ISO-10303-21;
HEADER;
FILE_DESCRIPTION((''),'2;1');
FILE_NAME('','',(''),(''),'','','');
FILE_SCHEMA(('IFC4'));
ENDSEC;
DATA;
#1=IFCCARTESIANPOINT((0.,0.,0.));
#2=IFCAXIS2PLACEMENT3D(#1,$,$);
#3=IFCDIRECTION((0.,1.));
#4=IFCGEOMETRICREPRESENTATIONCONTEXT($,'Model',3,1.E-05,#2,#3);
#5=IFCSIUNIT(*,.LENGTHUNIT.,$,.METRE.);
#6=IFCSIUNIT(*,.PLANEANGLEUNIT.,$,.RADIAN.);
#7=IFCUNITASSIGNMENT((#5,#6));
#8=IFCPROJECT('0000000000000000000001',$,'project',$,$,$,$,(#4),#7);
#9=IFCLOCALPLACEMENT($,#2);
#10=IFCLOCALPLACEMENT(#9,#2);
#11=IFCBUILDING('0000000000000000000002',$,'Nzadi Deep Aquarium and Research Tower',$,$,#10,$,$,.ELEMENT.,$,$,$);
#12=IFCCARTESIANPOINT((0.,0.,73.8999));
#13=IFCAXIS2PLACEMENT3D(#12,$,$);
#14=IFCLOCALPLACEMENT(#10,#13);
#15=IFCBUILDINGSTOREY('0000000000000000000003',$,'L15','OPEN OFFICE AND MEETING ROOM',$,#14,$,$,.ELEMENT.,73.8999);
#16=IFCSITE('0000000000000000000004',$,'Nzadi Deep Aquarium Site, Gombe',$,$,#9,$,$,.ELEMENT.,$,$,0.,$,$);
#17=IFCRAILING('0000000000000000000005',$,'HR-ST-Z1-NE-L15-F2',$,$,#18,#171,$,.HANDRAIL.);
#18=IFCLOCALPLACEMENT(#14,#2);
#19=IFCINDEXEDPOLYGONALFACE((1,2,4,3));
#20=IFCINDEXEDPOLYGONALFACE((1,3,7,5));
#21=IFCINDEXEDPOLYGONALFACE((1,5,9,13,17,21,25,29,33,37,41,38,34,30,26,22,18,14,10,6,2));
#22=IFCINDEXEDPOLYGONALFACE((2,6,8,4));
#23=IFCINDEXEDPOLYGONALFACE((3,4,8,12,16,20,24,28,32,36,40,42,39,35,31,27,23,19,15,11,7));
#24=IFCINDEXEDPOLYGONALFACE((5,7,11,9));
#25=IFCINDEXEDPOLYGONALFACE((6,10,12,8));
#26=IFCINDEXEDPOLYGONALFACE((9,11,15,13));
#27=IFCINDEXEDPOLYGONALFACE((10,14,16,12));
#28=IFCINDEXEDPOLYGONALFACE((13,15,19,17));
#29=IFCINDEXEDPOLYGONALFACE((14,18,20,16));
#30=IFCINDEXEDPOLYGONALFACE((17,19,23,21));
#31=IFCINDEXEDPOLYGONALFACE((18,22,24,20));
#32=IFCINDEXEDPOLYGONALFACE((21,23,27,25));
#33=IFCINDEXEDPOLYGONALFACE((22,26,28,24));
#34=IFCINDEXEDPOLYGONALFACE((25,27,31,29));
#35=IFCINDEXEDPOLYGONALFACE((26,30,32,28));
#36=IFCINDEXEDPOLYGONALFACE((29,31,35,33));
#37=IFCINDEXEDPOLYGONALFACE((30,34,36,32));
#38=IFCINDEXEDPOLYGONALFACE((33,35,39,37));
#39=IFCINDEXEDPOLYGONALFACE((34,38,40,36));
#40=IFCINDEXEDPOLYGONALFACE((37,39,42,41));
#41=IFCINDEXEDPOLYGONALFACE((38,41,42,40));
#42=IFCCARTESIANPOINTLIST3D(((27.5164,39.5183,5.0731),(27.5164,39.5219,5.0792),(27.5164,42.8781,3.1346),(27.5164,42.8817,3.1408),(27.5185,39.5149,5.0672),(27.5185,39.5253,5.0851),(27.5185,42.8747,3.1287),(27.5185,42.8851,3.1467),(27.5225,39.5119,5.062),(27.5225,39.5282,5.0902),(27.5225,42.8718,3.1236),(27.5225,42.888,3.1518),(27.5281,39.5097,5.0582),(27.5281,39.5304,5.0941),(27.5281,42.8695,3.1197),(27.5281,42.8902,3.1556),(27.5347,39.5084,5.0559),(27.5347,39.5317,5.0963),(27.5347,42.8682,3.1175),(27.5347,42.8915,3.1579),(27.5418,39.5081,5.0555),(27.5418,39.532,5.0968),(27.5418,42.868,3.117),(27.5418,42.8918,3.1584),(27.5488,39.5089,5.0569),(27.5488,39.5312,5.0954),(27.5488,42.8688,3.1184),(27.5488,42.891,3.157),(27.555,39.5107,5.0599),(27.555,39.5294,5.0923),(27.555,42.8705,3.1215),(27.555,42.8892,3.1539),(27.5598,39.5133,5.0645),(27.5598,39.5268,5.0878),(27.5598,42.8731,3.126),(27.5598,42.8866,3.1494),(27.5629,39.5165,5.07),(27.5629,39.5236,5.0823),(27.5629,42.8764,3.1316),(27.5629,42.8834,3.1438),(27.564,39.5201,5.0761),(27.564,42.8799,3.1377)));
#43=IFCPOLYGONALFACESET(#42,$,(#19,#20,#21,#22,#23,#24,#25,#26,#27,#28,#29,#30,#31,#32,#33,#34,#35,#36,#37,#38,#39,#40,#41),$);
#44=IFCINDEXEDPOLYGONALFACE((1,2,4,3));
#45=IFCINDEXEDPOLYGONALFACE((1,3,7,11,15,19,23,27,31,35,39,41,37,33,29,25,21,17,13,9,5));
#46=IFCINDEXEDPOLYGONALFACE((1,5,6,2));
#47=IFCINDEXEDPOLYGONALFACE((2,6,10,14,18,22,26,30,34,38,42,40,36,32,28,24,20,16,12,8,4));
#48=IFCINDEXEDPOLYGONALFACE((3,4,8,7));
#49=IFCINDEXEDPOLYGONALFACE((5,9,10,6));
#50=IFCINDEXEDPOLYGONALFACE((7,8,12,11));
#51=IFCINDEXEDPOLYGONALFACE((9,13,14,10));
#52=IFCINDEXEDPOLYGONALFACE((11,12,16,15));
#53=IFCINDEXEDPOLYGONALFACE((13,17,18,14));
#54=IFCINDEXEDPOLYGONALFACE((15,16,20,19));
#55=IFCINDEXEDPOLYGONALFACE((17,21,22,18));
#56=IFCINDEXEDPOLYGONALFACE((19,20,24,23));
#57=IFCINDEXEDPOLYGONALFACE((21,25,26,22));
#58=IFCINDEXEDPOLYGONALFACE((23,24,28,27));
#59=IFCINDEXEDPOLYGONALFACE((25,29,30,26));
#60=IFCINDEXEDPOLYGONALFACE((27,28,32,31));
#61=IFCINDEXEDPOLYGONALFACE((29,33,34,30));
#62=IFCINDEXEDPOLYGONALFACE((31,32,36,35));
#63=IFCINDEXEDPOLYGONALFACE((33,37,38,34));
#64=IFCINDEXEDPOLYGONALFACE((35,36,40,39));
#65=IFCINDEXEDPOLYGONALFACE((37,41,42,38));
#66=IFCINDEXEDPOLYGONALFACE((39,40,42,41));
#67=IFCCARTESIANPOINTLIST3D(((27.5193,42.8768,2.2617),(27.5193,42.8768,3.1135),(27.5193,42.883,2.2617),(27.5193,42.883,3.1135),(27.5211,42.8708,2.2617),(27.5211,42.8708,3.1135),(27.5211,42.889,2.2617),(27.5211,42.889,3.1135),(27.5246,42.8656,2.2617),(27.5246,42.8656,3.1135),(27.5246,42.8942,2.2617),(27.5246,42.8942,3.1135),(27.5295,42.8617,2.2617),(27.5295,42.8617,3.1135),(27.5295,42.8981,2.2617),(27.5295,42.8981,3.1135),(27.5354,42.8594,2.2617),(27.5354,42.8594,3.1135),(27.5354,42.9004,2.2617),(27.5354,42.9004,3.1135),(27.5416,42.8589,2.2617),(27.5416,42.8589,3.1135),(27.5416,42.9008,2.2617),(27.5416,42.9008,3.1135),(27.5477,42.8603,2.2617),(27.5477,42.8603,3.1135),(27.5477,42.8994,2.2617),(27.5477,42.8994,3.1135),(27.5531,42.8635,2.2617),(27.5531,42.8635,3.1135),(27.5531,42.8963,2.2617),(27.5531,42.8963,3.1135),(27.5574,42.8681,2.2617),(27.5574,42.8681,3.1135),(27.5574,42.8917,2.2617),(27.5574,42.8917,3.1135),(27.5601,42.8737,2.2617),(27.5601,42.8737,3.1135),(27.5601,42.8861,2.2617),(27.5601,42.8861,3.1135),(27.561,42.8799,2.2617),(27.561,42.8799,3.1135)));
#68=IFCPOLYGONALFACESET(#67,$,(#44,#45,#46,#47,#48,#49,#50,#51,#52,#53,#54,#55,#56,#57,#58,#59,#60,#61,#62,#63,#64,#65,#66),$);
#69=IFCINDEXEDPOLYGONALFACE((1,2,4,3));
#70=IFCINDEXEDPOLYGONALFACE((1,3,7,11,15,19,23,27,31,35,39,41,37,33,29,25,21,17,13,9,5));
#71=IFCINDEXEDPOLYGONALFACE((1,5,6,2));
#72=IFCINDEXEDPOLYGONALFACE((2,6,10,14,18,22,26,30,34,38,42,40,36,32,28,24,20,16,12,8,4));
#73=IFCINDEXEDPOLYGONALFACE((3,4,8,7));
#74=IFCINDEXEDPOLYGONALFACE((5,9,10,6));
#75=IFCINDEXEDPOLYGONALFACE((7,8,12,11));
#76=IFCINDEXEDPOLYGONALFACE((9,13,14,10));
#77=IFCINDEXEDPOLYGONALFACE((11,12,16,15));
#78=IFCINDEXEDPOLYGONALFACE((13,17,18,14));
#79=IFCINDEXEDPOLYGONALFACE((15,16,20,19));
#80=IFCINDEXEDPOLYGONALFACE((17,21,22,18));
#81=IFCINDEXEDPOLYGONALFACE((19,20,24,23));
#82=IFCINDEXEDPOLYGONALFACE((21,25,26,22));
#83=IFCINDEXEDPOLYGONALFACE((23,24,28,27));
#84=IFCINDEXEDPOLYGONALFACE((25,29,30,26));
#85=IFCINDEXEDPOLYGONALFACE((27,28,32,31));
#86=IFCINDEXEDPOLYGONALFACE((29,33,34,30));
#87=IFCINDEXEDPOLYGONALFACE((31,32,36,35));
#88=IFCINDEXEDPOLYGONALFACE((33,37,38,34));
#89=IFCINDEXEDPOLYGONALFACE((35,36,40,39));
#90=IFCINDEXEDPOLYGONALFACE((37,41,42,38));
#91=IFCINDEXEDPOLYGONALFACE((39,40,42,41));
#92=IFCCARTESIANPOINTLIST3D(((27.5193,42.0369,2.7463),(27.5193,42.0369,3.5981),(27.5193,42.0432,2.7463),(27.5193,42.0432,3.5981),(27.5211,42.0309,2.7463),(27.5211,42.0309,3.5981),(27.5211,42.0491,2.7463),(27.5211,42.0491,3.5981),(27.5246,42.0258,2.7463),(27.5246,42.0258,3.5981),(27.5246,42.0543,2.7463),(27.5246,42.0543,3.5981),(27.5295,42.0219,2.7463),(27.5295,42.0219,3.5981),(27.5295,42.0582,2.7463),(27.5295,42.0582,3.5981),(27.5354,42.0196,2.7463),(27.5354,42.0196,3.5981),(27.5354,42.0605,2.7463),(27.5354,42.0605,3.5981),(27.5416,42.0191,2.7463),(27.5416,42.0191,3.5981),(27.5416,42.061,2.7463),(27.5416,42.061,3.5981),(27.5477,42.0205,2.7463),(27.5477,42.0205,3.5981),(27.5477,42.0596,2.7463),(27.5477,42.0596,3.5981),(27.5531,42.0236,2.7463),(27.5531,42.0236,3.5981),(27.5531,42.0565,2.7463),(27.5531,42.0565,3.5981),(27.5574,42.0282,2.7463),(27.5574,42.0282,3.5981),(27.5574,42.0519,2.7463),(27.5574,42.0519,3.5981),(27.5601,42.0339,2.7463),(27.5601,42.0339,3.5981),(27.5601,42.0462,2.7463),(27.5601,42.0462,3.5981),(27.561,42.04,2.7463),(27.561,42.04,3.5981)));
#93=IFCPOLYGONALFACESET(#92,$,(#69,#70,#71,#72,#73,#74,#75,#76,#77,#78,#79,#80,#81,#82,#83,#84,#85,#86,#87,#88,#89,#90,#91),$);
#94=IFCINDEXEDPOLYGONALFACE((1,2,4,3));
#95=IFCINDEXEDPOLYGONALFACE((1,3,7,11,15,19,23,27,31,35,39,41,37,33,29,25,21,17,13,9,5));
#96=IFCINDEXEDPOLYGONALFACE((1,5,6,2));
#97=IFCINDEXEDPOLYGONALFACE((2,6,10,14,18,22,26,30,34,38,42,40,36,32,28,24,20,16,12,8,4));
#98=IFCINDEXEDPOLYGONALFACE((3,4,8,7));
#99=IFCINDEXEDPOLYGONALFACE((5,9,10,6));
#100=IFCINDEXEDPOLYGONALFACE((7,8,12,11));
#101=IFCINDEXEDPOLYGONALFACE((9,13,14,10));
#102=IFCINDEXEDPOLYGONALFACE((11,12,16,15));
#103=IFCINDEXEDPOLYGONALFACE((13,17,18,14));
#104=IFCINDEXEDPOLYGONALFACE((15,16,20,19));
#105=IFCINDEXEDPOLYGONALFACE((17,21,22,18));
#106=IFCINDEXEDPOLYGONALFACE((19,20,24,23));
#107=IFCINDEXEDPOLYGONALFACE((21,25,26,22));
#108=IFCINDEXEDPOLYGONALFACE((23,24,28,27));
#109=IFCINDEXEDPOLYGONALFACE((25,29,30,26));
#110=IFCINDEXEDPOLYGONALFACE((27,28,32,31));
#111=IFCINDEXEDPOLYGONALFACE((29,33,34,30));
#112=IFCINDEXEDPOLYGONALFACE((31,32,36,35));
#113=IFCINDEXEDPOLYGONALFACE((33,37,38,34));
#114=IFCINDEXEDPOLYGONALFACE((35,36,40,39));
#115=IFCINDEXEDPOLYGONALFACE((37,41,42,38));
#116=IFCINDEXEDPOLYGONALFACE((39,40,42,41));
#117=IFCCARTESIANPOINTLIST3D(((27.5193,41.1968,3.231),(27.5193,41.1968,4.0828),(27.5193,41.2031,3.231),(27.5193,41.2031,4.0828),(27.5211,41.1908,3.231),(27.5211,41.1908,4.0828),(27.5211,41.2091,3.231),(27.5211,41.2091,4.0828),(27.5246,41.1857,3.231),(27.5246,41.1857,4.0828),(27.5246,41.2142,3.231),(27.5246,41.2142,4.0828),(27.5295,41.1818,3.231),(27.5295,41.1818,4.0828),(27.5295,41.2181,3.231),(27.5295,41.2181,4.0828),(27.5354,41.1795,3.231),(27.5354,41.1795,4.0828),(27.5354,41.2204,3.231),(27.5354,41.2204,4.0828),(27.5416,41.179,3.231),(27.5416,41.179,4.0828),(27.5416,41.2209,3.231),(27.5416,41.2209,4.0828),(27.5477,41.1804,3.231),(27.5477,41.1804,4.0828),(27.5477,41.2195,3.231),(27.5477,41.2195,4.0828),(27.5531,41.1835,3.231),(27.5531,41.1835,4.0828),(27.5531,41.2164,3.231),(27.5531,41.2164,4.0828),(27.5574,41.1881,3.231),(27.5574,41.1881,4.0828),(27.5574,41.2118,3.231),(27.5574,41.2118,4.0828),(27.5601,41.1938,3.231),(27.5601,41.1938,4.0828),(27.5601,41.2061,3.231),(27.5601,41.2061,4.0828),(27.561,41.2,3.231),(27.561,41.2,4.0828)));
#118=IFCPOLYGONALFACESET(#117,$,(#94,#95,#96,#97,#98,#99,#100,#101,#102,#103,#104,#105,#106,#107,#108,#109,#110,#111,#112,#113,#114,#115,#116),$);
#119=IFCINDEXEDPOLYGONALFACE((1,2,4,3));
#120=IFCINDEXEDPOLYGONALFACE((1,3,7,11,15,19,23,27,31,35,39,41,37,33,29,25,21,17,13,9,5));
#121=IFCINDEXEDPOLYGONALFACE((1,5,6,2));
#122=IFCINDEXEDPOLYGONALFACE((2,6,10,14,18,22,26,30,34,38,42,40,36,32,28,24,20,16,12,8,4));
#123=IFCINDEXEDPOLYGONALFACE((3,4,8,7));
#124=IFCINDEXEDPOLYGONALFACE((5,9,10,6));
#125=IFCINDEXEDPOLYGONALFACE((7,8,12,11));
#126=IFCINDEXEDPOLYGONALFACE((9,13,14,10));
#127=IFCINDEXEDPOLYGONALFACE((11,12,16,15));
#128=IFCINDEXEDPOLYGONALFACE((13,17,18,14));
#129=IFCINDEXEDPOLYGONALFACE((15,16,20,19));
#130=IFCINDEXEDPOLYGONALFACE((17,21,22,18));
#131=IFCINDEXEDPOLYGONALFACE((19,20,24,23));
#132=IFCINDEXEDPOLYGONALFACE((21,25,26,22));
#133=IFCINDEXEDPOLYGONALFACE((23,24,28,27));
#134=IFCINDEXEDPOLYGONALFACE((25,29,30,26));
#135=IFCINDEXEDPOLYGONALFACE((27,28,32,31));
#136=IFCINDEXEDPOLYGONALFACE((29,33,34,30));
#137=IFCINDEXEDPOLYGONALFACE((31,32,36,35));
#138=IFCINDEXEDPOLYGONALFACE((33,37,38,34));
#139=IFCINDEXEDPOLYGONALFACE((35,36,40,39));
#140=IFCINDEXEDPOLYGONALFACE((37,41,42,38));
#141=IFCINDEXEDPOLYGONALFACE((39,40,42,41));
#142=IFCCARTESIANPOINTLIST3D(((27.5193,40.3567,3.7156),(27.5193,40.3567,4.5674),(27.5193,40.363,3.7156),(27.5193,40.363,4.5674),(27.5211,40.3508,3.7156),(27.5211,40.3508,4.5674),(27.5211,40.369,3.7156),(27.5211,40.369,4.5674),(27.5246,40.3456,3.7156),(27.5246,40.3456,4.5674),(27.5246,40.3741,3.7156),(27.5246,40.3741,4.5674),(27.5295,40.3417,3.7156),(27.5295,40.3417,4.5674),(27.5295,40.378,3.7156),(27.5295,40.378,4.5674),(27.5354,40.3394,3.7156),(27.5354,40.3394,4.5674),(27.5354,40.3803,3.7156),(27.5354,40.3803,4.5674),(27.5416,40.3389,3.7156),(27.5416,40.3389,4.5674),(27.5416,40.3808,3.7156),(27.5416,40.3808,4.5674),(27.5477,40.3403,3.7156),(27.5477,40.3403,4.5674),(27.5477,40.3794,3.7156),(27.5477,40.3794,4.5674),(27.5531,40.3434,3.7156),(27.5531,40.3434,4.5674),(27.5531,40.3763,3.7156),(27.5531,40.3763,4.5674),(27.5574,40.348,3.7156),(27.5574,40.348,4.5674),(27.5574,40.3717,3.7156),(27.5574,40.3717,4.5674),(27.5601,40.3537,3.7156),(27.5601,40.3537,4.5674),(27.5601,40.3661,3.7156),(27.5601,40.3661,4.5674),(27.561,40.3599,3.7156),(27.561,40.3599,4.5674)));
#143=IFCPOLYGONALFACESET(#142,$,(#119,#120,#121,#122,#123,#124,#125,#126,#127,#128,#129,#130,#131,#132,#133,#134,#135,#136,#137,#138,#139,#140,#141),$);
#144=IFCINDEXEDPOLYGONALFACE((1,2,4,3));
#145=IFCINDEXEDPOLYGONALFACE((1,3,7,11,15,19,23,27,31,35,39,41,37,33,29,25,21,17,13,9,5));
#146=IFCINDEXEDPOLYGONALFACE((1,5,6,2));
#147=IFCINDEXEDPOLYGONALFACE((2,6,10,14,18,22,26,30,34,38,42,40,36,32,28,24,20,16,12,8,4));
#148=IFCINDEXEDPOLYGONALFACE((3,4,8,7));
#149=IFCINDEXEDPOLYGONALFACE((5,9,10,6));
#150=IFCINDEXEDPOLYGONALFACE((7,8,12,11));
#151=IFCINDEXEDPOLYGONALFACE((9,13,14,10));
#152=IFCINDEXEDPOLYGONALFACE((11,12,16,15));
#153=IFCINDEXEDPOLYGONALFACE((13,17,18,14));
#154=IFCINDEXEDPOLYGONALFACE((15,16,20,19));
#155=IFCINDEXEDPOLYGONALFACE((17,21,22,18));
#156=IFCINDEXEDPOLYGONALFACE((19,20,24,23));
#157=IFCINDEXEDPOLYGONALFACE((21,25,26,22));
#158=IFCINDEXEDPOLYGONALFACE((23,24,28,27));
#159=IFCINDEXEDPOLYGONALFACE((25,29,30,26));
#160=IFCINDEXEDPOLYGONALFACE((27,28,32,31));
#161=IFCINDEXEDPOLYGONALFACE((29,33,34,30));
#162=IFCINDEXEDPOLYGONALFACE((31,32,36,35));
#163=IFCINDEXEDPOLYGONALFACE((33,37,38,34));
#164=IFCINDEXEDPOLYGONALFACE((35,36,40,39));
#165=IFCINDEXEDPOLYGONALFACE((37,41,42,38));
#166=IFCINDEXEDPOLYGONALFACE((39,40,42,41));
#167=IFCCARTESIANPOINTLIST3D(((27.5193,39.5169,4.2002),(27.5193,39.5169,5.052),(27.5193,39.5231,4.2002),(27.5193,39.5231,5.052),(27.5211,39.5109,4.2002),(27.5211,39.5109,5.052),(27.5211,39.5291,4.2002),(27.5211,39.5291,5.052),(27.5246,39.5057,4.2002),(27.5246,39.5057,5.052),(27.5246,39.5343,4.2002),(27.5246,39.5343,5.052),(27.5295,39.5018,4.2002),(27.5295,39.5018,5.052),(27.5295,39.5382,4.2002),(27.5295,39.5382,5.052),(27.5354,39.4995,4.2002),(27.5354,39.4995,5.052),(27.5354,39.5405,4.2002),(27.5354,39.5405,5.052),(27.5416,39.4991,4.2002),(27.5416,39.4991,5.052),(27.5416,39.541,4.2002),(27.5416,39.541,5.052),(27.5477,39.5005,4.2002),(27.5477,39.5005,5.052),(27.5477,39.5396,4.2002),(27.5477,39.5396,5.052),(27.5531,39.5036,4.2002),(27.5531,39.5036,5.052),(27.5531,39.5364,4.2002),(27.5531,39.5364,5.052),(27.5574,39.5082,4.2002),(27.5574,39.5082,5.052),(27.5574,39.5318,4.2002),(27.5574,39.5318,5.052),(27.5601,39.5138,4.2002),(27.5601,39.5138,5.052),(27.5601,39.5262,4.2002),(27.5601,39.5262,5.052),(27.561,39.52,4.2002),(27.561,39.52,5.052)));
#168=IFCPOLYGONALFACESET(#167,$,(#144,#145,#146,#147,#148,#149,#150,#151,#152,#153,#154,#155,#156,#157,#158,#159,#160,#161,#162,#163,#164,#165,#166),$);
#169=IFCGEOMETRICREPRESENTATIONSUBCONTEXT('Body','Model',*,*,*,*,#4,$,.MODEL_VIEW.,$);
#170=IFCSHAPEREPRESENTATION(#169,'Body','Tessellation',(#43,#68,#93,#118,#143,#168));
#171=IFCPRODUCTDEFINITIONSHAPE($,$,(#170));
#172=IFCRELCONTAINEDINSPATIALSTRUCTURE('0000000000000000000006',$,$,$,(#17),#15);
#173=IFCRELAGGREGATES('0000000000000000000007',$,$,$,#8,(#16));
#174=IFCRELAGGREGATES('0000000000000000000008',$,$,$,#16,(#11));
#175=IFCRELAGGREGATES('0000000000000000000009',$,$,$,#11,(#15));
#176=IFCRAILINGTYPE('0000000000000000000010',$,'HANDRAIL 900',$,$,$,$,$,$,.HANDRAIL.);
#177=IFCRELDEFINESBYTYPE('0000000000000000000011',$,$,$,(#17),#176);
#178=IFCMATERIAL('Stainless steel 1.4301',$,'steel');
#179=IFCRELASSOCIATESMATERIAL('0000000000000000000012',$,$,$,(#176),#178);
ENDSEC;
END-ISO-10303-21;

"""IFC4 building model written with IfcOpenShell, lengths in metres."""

from ifc_helpers import new_model, si_unit, direction, frame, origin, origin_2d, place, context, subcontext, project, spatial, circle, extrude, material, type_object, element, save


model = new_model("IFC4")

# Units and contexts
model_context = context("Model", 3, precision=1e-05, world=origin(), true_north=direction((0.0, 1.0)))
body_context = subcontext(model_context, "Body", "Model", "MODEL_VIEW")
ifc_project = project(units=[si_unit("LENGTHUNIT", "METRE"), si_unit("PLANEANGLEUNIT", "RADIAN")], contexts=[model_context])

# Site, building, storey
site_placement = place(None, origin())
site = spatial("IfcSite", under=ifc_project, at=site_placement, Name="Nzadi Deep Aquarium Site, Gombe", CompositionType="ELEMENT", RefElevation=0.0)
building_placement = place(site_placement, origin())
building = spatial("IfcBuilding", under=site, at=building_placement, Name="Nzadi Deep Aquarium and Research Tower", CompositionType="ELEMENT")
storey_placement = place(building_placement, frame((0.0, 0.0, 73.8999)))
storey = spatial("IfcBuildingStorey", under=building, at=storey_placement, Name="L15", Description="OPEN OFFICE AND MEETING ROOM", CompositionType="ELEMENT", Elevation=73.8999)

# Railing
ifc_material_1 = material(Name="Stainless steel 1.4301", Category="steel")
railing_type = type_object("IfcRailingType", Name="HANDRAIL 900", PredefinedType="HANDRAIL", material=ifc_material_1)
for number, where, name in (
    (1, (27.54, 42.8799, 2.2617), "HR-ST-Z1-NE-L15-F2"),
):
    element("IfcRailing", number, at=place(storey_placement, frame(where)), inside=storey, type_object=railing_type, Name=name, PredefinedType="HANDRAIL", context=body_context, shape_type="SweptSolid", body=[
        extrude(circle(Radius=0.0239, at=origin_2d()), frame((0.0, 0.0, 0.876), z_axis=(0.0, -0.866175, 0.499741), x_axis=(1.0, 0.0, 0.0)), (0.0, 0.0, 1.0), 3.8789),
        extrude(circle(Radius=0.021, at=origin_2d()), origin(), (0.0, 0.0, 1.0), 0.8518),
        extrude(circle(Radius=0.021, at=origin_2d()), frame((0.0, -0.8398, 0.4846)), (0.0, 0.0, 1.0), 0.8518),
        extrude(circle(Radius=0.021, at=origin_2d()), frame((0.0, -1.6799, 0.9692)), (0.0, 0.0, 1.0), 0.8518),
        extrude(circle(Radius=0.021, at=origin_2d()), frame((0.0, -2.52, 1.4539)), (0.0, 0.0, 1.0), 0.8518),
        extrude(circle(Radius=0.021, at=origin_2d()), frame((0.0, -3.3599, 1.9385)), (0.0, 0.0, 1.0), 0.8518),
    ])

save(model, "model.ifc")
